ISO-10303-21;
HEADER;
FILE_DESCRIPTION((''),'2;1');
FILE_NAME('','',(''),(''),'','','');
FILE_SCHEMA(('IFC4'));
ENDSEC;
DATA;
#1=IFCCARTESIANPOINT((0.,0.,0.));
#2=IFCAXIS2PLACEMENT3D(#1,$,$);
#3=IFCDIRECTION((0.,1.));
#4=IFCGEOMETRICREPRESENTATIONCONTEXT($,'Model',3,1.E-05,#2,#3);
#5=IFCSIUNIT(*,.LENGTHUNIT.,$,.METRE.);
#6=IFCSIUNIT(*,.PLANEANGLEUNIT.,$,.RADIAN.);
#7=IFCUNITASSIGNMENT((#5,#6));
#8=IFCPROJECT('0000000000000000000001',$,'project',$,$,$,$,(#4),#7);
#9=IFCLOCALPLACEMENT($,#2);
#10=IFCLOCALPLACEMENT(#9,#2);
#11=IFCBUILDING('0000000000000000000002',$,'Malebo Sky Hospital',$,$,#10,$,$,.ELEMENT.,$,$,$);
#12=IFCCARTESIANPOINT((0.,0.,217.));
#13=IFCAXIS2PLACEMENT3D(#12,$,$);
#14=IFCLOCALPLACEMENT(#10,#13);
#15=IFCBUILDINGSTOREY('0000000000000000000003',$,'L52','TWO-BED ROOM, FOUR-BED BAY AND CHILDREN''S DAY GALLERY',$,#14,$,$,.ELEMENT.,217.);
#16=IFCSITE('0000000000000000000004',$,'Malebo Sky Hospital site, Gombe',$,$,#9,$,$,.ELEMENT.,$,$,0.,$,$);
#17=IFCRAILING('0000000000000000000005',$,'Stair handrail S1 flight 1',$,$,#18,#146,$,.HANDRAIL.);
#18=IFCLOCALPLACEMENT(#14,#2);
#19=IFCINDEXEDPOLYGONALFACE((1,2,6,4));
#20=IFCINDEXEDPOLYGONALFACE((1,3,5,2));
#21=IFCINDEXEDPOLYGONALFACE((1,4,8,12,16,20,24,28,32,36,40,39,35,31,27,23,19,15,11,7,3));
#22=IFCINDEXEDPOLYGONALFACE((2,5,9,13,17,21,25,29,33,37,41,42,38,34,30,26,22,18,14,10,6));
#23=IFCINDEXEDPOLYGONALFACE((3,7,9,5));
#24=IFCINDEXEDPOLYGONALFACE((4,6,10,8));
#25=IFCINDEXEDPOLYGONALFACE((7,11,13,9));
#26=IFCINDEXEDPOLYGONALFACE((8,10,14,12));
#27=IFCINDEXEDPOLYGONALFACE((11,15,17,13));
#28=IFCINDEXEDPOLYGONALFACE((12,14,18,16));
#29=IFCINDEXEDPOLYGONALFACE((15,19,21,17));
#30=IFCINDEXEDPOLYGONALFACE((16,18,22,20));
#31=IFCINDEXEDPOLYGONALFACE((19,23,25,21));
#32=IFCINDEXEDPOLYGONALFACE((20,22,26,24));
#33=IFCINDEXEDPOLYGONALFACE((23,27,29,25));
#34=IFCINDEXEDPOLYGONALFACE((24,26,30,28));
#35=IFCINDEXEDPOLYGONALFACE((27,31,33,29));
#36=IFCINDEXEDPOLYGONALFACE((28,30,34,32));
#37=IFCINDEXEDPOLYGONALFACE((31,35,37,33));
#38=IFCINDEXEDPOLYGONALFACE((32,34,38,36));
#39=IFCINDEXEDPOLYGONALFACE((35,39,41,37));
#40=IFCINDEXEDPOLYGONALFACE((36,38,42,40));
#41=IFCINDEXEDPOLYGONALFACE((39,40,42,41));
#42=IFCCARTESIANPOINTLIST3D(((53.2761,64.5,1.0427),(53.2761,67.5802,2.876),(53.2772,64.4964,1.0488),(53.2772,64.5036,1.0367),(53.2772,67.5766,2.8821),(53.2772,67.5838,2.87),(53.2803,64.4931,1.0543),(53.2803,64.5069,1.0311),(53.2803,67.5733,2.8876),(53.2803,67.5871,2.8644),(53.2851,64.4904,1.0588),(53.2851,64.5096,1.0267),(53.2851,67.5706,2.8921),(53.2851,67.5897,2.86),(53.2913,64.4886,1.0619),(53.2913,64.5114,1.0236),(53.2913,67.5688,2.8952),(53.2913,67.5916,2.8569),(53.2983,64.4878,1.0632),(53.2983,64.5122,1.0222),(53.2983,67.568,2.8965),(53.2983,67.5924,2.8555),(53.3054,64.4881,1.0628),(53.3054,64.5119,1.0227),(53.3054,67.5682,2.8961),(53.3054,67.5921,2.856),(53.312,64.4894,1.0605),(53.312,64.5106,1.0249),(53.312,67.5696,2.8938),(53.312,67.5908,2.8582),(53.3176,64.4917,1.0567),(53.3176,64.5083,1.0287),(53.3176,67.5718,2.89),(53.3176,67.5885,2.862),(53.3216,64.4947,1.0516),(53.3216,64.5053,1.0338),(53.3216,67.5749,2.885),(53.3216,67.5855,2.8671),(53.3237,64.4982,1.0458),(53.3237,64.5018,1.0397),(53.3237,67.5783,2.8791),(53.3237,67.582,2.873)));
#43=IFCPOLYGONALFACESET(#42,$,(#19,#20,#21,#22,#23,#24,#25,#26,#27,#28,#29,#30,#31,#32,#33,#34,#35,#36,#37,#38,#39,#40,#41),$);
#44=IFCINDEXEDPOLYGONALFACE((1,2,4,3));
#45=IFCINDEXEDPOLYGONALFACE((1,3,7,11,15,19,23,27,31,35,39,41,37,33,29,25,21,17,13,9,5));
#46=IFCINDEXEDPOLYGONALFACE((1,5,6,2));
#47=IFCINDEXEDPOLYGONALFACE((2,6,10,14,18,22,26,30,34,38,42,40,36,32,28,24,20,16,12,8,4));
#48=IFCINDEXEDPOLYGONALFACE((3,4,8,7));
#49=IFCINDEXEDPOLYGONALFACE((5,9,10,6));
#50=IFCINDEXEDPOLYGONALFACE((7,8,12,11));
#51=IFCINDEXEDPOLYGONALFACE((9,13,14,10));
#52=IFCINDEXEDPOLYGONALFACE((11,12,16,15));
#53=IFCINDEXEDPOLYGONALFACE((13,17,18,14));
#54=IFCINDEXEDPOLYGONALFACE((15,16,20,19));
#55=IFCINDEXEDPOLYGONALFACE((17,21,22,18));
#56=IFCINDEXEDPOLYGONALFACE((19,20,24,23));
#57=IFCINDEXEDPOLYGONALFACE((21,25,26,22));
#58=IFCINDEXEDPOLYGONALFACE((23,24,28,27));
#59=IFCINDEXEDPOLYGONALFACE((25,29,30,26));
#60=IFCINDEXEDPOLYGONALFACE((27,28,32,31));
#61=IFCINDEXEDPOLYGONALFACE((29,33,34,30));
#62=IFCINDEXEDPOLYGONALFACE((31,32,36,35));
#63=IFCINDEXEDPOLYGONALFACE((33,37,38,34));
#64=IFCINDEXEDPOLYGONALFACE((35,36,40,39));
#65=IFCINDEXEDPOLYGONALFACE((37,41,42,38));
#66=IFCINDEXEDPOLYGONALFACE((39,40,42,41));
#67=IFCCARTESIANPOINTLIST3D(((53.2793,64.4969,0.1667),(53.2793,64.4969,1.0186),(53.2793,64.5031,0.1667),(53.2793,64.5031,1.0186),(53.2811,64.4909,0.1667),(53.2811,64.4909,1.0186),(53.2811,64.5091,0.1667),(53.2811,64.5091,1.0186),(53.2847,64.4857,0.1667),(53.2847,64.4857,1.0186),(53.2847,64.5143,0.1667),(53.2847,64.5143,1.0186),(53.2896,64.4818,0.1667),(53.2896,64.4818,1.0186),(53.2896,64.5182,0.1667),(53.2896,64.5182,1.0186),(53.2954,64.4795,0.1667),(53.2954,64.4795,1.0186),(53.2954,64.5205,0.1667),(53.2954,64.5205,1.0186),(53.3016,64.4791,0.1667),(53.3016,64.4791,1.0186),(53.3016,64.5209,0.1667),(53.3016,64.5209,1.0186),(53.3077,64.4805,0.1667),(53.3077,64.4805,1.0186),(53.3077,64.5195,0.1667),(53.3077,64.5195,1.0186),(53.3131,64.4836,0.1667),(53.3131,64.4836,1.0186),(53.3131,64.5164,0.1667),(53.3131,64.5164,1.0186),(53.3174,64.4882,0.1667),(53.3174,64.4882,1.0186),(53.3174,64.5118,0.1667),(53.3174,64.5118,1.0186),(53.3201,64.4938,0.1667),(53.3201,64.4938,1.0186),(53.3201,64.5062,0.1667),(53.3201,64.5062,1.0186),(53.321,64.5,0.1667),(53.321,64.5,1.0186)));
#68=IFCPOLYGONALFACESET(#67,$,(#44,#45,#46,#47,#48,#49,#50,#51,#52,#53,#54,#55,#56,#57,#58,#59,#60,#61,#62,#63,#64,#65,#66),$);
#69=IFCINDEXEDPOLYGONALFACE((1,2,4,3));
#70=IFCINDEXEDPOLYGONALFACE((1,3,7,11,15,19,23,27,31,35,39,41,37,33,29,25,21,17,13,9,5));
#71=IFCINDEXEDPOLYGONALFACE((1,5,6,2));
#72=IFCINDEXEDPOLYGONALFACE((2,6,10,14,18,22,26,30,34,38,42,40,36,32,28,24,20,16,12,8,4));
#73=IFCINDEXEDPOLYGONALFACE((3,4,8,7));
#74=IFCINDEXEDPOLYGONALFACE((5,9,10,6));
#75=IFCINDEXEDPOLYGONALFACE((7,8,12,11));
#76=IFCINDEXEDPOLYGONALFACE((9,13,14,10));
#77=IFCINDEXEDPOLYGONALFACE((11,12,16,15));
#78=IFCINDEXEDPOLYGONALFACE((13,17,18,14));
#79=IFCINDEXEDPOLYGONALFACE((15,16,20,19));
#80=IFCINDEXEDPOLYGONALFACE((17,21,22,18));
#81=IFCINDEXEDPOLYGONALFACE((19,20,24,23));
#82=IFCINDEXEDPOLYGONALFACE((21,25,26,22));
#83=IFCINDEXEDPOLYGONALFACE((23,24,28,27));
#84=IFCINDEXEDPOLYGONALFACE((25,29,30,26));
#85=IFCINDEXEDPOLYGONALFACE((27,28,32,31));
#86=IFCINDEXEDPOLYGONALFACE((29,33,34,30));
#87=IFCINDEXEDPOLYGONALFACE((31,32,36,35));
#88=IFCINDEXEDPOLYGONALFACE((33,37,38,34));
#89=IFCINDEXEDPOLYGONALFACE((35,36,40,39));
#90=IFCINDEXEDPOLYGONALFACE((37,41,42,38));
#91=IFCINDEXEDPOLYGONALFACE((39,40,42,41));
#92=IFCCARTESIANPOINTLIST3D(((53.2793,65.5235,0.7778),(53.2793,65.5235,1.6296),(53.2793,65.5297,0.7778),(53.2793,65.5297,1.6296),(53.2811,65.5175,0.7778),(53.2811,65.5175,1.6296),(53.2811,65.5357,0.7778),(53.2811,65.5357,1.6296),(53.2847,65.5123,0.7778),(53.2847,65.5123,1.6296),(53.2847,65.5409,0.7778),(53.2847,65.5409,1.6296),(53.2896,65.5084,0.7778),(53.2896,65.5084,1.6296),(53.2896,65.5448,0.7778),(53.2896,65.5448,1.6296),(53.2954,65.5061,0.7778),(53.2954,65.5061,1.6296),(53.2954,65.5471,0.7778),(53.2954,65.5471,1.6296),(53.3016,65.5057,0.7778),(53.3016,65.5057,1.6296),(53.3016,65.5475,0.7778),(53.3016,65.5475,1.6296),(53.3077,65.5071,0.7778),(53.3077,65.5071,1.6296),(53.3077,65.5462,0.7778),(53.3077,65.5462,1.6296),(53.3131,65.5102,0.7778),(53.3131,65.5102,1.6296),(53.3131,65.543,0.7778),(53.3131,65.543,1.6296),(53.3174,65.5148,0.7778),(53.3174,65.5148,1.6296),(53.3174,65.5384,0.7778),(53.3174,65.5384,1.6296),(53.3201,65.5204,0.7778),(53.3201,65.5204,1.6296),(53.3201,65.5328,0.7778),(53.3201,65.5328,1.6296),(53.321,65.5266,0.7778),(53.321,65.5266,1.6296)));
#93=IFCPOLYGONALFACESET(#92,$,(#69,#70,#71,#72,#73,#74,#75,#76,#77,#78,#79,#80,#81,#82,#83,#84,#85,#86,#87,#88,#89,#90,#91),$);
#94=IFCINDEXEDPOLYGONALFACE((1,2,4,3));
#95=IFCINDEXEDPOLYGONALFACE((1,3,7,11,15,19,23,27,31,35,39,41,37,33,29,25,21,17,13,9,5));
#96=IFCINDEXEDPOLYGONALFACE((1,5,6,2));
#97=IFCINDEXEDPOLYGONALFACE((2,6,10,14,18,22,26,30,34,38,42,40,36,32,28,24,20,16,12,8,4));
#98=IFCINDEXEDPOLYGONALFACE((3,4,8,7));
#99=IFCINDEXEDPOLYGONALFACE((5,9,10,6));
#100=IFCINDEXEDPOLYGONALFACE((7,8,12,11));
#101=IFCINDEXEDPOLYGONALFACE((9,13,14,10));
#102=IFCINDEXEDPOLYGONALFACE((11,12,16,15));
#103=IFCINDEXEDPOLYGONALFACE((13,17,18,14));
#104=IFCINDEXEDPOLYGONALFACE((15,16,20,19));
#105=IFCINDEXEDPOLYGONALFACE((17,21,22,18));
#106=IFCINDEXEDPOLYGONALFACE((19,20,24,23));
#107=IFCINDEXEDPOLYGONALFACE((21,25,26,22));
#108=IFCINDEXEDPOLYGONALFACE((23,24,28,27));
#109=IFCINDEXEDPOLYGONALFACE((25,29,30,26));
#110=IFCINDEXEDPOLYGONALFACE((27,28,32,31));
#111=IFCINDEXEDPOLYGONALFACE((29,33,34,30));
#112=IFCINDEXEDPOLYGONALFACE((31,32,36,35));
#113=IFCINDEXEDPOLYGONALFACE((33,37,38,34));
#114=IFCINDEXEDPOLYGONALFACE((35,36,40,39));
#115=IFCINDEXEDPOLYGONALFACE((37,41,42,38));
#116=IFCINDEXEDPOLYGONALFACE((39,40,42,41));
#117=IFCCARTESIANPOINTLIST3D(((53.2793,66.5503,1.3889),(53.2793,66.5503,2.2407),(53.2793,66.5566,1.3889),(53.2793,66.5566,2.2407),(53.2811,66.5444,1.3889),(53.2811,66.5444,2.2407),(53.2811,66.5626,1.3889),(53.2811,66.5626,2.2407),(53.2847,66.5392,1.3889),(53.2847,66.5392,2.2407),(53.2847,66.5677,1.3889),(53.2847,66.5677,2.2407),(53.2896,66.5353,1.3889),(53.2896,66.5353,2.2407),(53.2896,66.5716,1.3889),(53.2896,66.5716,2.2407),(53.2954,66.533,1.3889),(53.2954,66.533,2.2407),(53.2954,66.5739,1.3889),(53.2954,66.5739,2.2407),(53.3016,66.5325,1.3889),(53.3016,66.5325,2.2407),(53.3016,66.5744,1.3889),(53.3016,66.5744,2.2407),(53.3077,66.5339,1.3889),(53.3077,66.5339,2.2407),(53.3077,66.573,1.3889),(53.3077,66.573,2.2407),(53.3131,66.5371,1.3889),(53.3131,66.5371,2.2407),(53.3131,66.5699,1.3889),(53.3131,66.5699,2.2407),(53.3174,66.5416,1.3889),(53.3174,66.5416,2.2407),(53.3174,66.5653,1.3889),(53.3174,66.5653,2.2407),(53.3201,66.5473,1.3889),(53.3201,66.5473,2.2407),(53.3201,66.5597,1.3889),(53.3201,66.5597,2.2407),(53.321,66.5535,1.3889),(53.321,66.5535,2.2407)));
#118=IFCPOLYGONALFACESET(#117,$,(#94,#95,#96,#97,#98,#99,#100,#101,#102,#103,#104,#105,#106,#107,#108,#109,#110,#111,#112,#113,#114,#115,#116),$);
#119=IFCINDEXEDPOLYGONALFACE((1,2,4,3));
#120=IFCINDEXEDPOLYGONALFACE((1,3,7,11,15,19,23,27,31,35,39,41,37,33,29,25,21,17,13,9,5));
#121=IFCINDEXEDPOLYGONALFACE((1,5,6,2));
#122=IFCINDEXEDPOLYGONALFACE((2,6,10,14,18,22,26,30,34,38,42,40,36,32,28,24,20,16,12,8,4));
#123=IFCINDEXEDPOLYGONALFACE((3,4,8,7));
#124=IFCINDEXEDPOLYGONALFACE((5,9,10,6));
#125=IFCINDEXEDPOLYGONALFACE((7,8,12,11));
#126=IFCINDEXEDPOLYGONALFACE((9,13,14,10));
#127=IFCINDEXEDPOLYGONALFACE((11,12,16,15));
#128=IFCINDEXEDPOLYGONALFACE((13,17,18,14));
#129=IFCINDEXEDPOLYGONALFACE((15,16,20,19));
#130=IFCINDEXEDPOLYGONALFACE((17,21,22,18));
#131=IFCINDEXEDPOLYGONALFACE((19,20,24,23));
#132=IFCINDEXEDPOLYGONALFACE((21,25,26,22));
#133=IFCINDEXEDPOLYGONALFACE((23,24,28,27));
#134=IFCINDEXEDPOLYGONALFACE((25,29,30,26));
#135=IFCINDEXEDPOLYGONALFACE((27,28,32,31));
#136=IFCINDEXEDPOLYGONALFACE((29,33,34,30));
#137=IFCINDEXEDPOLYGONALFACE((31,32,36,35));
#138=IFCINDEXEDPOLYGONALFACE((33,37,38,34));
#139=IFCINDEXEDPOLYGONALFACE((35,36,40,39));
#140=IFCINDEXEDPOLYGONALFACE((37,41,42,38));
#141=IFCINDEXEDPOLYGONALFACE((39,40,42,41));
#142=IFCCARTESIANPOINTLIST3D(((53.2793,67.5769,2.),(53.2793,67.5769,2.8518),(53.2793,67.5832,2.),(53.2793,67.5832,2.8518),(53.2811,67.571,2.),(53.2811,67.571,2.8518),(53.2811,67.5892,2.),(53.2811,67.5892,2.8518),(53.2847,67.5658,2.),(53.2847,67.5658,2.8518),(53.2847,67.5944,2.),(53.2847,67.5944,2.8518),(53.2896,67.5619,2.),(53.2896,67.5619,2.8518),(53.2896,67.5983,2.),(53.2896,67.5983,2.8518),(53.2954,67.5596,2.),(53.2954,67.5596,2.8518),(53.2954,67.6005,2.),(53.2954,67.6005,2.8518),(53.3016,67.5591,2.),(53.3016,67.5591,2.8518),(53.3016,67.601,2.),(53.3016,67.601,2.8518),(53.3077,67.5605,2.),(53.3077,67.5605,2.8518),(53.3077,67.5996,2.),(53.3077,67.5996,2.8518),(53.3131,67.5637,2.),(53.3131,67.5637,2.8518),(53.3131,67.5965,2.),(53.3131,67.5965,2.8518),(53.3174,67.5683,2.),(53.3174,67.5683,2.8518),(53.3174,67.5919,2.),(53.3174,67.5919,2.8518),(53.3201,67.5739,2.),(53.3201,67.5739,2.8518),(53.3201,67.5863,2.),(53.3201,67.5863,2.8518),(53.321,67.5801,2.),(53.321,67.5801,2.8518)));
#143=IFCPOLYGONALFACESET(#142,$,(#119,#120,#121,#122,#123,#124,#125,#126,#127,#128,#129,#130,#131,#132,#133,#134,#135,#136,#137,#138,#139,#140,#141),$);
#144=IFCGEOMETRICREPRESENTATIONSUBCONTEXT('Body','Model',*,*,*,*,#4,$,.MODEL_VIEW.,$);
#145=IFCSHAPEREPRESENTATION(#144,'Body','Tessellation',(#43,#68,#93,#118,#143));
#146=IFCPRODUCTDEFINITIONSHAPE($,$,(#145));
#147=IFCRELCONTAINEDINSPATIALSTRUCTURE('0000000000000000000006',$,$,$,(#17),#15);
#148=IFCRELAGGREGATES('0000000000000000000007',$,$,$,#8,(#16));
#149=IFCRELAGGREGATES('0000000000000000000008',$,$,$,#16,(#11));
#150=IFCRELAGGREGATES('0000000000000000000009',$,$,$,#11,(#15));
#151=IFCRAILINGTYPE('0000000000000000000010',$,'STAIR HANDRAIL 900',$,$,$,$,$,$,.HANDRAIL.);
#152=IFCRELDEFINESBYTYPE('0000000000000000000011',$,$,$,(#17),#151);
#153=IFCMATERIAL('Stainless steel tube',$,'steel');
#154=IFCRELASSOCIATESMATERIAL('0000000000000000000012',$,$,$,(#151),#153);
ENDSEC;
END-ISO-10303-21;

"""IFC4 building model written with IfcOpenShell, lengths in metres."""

from ifc_helpers import new_model, si_unit, direction, frame, origin, origin_2d, place, context, subcontext, project, spatial, circle, extrude, material, type_object, element, save


model = new_model("IFC4")

# Units and contexts
model_context = context("Model", 3, precision=1e-05, world=origin(), true_north=direction((0.0, 1.0)))
body_context = subcontext(model_context, "Body", "Model", "MODEL_VIEW")
ifc_project = project(units=[si_unit("LENGTHUNIT", "METRE"), si_unit("PLANEANGLEUNIT", "RADIAN")], contexts=[model_context])

# Site, building, storey
site_placement = place(None, origin())
site = spatial("IfcSite", under=ifc_project, at=site_placement, Name="Malebo Sky Hospital site, Gombe", CompositionType="ELEMENT", RefElevation=0.0)
building_placement = place(site_placement, origin())
building = spatial("IfcBuilding", under=site, at=building_placement, Name="Malebo Sky Hospital", CompositionType="ELEMENT")
storey_placement = place(building_placement, frame((0.0, 0.0, 217.0)))
storey = spatial("IfcBuildingStorey", under=building, at=storey_placement, Name="L52", Description="TWO-BED ROOM, FOUR-BED BAY AND CHILDREN'S DAY GALLERY", CompositionType="ELEMENT", Elevation=217.0)

# Railing
ifc_material_1 = material(Name="Stainless steel tube", Category="steel")
railing_type = type_object("IfcRailingType", Name="STAIR HANDRAIL 900", PredefinedType="HANDRAIL", material=ifc_material_1)
railing_1_placement = place(storey_placement, frame((53.3, 64.5, 0.1667)))
element("IfcRailing", 1, at=railing_1_placement, inside=storey, type_object=railing_type, Name="Stair handrail S1 flight 1", PredefinedType="HANDRAIL", context=body_context, shape_type="SweptSolid", body=[
    extrude(circle(Radius=0.0239, at=origin_2d()), frame((0.0, 0.0, 0.876), z_axis=(0.0, 0.859309, 0.511458), x_axis=(-1.0, 0.0, 0.0)), (0.0, 0.0, 1.0), 3.5845),
    extrude(circle(Radius=0.021, at=origin_2d()), origin(), (0.0, 0.0, 1.0), 0.8518),
    extrude(circle(Radius=0.021, at=origin_2d()), frame((0.0, 1.0266, 0.6111)), (0.0, 0.0, 1.0), 0.8518),
    extrude(circle(Radius=0.021, at=origin_2d()), frame((0.0, 2.0535, 1.2222)), (0.0, 0.0, 1.0), 0.8518),
    extrude(circle(Radius=0.021, at=origin_2d()), frame((0.0, 3.0801, 1.8333)), (0.0, 0.0, 1.0), 0.8518),
])

save(model, "model.ifc")
